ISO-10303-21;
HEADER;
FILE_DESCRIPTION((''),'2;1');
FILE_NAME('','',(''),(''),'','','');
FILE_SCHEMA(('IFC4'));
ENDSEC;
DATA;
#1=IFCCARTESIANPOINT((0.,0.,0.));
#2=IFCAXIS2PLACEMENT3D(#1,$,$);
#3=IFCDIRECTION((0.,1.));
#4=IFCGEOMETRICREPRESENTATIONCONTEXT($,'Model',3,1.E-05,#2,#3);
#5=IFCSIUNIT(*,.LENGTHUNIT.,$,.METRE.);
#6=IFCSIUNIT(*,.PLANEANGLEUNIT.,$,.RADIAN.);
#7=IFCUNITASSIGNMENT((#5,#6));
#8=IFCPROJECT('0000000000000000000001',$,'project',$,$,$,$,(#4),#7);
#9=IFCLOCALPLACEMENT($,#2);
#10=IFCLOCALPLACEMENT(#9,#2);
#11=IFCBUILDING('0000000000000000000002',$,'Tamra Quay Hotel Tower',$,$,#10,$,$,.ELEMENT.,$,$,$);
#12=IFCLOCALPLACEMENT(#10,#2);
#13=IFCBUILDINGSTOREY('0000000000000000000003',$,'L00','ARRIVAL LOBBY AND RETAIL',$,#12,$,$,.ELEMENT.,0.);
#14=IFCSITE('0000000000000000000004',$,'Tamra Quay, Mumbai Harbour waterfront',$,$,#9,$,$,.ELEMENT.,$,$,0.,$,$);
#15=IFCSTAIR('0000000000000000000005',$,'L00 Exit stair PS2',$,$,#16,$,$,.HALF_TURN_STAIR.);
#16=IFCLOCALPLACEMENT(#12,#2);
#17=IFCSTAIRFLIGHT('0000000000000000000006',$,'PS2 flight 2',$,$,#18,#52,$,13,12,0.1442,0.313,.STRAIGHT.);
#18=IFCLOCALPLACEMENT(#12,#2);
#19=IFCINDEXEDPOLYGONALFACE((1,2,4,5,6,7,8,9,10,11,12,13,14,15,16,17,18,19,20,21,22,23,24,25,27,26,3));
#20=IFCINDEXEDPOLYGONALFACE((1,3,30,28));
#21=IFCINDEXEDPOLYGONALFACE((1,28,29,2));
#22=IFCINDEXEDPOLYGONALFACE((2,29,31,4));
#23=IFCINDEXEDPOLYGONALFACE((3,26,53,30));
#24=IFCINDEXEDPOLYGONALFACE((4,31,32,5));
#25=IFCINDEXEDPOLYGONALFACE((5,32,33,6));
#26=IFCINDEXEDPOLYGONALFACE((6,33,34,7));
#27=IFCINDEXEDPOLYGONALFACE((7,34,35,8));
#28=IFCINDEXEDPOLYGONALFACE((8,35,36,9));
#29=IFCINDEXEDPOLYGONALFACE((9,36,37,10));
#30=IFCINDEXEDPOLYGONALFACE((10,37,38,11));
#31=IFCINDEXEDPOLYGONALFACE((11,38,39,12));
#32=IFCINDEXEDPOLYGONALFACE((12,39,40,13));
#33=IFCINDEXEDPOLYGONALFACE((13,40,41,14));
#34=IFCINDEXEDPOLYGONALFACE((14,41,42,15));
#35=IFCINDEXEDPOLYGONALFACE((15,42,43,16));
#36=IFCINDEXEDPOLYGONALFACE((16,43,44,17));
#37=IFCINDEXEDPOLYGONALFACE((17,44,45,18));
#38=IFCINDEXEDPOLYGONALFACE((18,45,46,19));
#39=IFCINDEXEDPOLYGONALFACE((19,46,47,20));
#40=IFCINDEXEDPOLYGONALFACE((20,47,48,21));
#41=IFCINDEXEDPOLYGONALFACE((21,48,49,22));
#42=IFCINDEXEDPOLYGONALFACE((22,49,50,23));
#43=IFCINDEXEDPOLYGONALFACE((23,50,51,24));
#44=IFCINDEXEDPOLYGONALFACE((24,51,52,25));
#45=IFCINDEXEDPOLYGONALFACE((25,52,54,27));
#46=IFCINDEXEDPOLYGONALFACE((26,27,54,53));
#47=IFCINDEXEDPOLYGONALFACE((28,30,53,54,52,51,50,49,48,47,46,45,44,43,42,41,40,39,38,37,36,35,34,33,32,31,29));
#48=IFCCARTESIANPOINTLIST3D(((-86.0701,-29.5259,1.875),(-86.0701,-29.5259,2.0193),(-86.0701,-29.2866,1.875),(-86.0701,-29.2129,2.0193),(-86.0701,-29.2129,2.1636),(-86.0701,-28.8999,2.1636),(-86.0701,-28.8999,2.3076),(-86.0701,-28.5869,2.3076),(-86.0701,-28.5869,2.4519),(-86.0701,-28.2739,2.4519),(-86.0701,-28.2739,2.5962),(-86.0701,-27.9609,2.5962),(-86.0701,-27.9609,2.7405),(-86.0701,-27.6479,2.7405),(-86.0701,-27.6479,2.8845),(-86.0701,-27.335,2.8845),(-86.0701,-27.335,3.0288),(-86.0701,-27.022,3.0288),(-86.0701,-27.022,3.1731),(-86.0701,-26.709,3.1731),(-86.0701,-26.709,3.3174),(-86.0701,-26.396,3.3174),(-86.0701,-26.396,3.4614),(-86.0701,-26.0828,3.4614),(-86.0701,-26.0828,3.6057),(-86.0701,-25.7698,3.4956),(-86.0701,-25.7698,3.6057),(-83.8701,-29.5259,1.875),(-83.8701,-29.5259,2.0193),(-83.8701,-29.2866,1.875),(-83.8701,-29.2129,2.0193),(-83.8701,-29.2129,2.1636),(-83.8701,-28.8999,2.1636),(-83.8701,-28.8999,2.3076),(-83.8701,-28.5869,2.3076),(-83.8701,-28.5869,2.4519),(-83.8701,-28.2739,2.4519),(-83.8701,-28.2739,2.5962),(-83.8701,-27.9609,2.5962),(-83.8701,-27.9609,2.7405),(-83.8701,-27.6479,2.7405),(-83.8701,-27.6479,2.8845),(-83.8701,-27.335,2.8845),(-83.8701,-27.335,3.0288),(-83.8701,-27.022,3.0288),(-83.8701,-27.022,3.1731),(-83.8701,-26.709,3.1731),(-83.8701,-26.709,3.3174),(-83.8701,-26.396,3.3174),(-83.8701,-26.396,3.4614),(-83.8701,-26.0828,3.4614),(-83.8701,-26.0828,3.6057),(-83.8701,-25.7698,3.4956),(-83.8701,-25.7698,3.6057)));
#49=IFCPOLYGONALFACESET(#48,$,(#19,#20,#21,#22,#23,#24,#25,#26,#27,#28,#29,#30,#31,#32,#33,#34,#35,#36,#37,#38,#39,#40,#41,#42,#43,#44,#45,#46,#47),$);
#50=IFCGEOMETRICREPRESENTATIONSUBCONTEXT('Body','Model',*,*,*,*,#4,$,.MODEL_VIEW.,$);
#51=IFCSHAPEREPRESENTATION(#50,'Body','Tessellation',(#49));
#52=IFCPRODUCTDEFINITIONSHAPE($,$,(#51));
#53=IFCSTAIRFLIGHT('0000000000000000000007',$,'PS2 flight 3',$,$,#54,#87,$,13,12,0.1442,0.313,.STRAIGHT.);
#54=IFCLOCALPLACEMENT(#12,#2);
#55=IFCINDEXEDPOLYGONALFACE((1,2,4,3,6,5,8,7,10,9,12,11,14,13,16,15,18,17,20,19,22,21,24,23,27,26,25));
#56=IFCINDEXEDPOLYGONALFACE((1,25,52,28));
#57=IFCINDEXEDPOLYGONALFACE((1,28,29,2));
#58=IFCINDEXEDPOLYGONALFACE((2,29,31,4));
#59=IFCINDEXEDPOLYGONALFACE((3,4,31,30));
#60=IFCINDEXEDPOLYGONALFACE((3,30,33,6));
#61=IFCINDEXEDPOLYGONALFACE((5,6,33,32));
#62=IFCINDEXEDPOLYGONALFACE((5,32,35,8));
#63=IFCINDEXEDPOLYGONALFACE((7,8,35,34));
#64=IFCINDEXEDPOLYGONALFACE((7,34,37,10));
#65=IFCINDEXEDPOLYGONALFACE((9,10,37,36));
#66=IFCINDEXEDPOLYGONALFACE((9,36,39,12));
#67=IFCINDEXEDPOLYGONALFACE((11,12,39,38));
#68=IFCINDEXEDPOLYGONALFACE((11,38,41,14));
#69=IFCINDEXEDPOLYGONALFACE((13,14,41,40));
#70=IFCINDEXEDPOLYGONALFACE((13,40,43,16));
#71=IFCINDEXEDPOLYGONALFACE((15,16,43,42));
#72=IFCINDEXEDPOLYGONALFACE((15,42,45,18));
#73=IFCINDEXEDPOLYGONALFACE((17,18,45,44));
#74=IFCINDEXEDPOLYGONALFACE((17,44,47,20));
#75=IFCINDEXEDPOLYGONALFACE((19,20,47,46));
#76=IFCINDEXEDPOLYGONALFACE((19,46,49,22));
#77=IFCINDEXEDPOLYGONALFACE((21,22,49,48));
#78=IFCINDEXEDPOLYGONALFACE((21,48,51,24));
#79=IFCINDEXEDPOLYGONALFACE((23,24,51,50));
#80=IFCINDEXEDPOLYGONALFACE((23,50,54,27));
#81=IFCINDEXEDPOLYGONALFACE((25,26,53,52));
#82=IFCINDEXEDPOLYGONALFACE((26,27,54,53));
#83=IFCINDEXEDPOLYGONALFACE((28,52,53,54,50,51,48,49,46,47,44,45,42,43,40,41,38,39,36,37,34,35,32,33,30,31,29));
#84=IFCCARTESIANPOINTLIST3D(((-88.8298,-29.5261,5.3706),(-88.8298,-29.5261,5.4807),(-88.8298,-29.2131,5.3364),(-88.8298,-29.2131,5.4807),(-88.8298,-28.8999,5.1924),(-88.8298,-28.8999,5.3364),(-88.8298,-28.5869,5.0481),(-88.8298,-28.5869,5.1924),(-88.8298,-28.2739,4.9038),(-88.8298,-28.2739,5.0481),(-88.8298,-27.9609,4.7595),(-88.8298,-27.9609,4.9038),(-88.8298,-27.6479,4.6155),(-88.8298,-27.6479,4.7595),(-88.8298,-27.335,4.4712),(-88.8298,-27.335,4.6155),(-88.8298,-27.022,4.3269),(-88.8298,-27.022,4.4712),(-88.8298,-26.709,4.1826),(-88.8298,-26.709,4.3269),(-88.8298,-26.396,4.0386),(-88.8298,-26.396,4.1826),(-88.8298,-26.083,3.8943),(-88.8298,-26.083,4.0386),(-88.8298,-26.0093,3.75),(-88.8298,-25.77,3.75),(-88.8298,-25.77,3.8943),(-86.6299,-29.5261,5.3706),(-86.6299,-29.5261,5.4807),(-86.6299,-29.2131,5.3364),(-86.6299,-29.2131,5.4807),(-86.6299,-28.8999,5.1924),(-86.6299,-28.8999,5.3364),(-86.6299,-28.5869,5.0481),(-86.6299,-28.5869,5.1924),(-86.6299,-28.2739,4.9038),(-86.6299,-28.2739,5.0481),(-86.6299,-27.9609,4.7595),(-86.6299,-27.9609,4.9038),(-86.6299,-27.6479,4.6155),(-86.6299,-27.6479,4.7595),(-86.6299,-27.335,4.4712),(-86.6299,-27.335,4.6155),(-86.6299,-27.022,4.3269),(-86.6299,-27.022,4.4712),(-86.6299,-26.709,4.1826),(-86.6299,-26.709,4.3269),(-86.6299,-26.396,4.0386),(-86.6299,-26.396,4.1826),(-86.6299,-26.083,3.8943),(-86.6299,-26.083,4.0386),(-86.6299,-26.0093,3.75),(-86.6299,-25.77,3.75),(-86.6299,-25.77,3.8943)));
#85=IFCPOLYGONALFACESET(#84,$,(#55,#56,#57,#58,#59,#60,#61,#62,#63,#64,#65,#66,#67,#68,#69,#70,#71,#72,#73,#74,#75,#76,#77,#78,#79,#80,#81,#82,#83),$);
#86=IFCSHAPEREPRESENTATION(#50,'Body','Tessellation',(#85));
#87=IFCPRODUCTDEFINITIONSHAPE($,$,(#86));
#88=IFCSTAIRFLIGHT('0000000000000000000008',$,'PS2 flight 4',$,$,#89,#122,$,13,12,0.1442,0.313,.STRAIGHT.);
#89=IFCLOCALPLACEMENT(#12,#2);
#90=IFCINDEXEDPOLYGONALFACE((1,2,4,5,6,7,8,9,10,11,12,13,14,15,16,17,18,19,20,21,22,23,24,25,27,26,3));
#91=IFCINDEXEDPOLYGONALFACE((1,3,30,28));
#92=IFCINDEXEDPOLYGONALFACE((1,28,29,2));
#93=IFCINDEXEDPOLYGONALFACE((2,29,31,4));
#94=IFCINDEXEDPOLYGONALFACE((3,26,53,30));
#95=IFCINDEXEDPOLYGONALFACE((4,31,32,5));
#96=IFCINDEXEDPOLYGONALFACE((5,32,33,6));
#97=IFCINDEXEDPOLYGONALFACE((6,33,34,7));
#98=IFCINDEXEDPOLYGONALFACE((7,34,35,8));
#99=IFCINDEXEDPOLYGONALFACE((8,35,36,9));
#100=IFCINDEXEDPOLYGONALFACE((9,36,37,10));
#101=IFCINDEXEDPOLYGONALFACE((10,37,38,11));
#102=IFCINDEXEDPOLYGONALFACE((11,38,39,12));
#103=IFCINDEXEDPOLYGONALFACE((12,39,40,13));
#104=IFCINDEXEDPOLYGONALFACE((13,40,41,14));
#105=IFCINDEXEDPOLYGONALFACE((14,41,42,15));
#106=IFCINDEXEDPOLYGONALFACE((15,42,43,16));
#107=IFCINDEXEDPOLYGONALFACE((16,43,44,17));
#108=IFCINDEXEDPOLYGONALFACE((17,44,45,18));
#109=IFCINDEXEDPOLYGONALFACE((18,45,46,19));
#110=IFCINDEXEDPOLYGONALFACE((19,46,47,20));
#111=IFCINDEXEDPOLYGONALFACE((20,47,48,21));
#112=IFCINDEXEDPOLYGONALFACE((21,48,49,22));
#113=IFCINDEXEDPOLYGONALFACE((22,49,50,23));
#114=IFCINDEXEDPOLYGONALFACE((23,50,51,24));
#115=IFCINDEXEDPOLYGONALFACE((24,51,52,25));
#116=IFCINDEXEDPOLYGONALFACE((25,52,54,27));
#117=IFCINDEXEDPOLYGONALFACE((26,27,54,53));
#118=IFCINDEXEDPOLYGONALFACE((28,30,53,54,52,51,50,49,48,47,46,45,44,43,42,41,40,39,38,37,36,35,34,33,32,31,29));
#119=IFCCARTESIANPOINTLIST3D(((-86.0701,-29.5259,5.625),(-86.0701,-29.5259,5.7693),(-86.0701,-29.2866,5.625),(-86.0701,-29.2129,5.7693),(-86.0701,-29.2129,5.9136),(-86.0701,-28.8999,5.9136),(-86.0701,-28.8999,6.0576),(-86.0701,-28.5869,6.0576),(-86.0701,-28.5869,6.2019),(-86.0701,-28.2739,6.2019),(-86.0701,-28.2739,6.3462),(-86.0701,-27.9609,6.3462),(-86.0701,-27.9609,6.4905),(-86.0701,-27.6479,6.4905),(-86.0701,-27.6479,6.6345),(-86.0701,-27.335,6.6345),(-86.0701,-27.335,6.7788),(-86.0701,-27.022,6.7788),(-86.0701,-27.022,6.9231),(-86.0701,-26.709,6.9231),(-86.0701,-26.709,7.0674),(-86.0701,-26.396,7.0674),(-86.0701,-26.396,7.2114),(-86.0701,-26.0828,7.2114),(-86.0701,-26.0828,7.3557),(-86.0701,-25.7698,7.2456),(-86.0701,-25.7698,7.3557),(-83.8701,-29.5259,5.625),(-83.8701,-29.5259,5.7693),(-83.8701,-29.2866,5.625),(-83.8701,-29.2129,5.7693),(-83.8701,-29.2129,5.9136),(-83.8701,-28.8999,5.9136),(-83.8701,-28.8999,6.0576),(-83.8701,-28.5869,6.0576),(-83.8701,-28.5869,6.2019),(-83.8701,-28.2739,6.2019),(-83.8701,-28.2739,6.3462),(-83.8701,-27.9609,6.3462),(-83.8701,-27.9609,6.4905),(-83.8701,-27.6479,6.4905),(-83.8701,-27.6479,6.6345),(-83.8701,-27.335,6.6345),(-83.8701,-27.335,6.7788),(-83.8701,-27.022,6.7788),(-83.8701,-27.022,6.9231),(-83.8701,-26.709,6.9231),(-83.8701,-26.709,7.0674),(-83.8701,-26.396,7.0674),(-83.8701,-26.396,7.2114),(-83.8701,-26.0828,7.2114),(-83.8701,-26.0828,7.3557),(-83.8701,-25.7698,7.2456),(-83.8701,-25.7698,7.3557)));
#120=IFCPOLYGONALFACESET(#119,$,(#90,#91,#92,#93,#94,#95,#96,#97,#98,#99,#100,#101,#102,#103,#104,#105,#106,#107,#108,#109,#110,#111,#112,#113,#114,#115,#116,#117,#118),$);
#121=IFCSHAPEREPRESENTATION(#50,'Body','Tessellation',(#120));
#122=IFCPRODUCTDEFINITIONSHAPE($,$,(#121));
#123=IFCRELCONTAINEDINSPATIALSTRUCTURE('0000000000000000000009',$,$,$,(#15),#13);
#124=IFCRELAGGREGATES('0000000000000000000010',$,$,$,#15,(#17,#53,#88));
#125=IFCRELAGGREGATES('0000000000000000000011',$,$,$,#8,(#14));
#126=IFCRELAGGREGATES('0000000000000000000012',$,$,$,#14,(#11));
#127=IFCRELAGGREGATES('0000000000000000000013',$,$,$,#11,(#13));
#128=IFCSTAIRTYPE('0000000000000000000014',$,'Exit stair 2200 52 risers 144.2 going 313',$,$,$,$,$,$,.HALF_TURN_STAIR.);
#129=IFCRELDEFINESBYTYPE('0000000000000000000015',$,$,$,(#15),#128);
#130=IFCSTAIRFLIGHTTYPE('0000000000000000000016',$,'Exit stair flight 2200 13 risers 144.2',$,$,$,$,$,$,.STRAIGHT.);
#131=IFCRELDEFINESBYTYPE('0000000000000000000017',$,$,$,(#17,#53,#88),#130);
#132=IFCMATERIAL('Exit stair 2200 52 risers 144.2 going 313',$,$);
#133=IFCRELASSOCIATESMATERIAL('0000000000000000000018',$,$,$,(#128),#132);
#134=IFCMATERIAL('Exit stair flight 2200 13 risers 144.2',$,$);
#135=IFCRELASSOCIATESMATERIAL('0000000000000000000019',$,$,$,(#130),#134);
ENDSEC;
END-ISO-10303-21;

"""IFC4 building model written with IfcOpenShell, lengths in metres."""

from ifc_helpers import new_model, si_unit, direction, frame, origin, place, context, subcontext, project, spatial, polyline, outline, extrude, material, type_object, element, aggregate, save


model = new_model("IFC4")

# Units and contexts
model_context = context("Model", 3, precision=1e-05, world=origin(), true_north=direction((0.0, 1.0)))
body_context = subcontext(model_context, "Body", "Model", "MODEL_VIEW")
ifc_project = project(units=[si_unit("LENGTHUNIT", "METRE"), si_unit("PLANEANGLEUNIT", "RADIAN")], contexts=[model_context])

# Site, building, storey
site_placement = place(None, origin())
site = spatial("IfcSite", under=ifc_project, at=site_placement, Name="Tamra Quay, Mumbai Harbour waterfront", CompositionType="ELEMENT", RefElevation=0.0)
building_placement = place(site_placement, origin())
building = spatial("IfcBuilding", under=site, at=building_placement, Name="Tamra Quay Hotel Tower", CompositionType="ELEMENT")
storey_placement = place(building_placement, origin())
storey = spatial("IfcBuildingStorey", under=building, at=storey_placement, Name="L00", Description="ARRIVAL LOBBY AND RETAIL", CompositionType="ELEMENT", Elevation=0.0)

# Stair, stair flights
ifc_material_1 = material(Name="Exit stair 2200 52 risers 144.2 going 313")
stair_type = type_object("IfcStairType", Name="Exit stair 2200 52 risers 144.2 going 313", PredefinedType="HALF_TURN_STAIR", material=ifc_material_1)
stair_placement = place(storey_placement, origin())
stair = element("IfcStair", 1, at=stair_placement, inside=storey, type_object=stair_type, Name="L00 Exit stair PS2", PredefinedType="HALF_TURN_STAIR")
ifc_material_2 = material(Name="Exit stair flight 2200 13 risers 144.2")
stair_flight_type = type_object("IfcStairFlightType", Name="Exit stair flight 2200 13 risers 144.2", PredefinedType="STRAIGHT", material=ifc_material_2)
stair_flight_1_placement = place(storey_placement, frame((-84.97, -29.5259, 1.875), z_axis=(0.0, 0.0, 1.0), x_axis=(0.0, 1.0, 0.0)))
stair_flight_1 = element("IfcStairFlight", 2, at=stair_flight_1_placement, type_object=stair_flight_type, Name="PS2 flight 2", NumberOfRisers=13, NumberOfTreads=12, PredefinedType="STRAIGHT", RiserHeight=0.1442, TreadLength=0.313, context=body_context, shape_type="SweptSolid", body=[
    extrude(outline(polyline([(0.0, 0.0), (0.0, 0.1443), (0.313, 0.1443), (0.313, 0.2886), (0.626, 0.2886), (0.626, 0.4326), (0.939, 0.4326), (0.939, 0.5769), (1.252, 0.5769), (1.252, 0.7212), (1.5649, 0.7212), (1.5649, 0.8655), (1.8779, 0.8655), (1.8779, 1.0095), (2.1909, 1.0095), (2.1909, 1.1538), (2.5039, 1.1538), (2.5039, 1.2981), (2.8169, 1.2981), (2.8169, 1.4424), (3.1299, 1.4424), (3.1299, 1.5864), (3.4431, 1.5864), (3.4431, 1.7307), (3.7561, 1.7307), (3.7561, 1.875), (3.7561, 1.6206), (0.2393, 0.0), (0.0, 0.0)])), frame((0.0, 1.1001, 0.0), z_axis=(0.0, -1.0, 0.0), x_axis=(1.0, 0.0, 0.0)), (0.0, 0.0, 1.0), 2.2),
])
stair_flight_2_placement = place(storey_placement, frame((-87.73, -25.77, 3.75), z_axis=(0.0, 0.0, 1.0), x_axis=(0.0, -1.0, 0.0)))
stair_flight_2 = element("IfcStairFlight", 3, at=stair_flight_2_placement, type_object=stair_flight_type, Name="PS2 flight 3", NumberOfRisers=13, NumberOfTreads=12, PredefinedType="STRAIGHT", RiserHeight=0.1442, TreadLength=0.313, context=body_context, shape_type="SweptSolid", body=[
    extrude(outline(polyline([(0.0, 0.0), (0.0, 0.1443), (0.313, 0.1443), (0.313, 0.2886), (0.626, 0.2886), (0.626, 0.4326), (0.939, 0.4326), (0.939, 0.5769), (1.252, 0.5769), (1.252, 0.7212), (1.5649, 0.7212), (1.5649, 0.8655), (1.8779, 0.8655), (1.8779, 1.0095), (2.1909, 1.0095), (2.1909, 1.1538), (2.5039, 1.1538), (2.5039, 1.2981), (2.8169, 1.2981), (2.8169, 1.4424), (3.1299, 1.4424), (3.1299, 1.5864), (3.4431, 1.5864), (3.4431, 1.7307), (3.7561, 1.7307), (3.7561, 1.875), (3.7561, 1.6206), (0.2393, 0.0), (0.0, 0.0)])), frame((0.0, 1.1001, 0.0), z_axis=(0.0, -1.0, 0.0), x_axis=(1.0, 0.0, 0.0)), (0.0, 0.0, 1.0), 2.2),
])
stair_flight_3_placement = place(storey_placement, frame((-84.97, -29.5259, 5.625), z_axis=(0.0, 0.0, 1.0), x_axis=(0.0, 1.0, 0.0)))
stair_flight_3 = element("IfcStairFlight", 4, at=stair_flight_3_placement, type_object=stair_flight_type, Name="PS2 flight 4", NumberOfRisers=13, NumberOfTreads=12, PredefinedType="STRAIGHT", RiserHeight=0.1442, TreadLength=0.313, context=body_context, shape_type="SweptSolid", body=[
    extrude(outline(polyline([(0.0, 0.0), (0.0, 0.1443), (0.313, 0.1443), (0.313, 0.2886), (0.626, 0.2886), (0.626, 0.4326), (0.939, 0.4326), (0.939, 0.5769), (1.252, 0.5769), (1.252, 0.7212), (1.5649, 0.7212), (1.5649, 0.8655), (1.8779, 0.8655), (1.8779, 1.0095), (2.1909, 1.0095), (2.1909, 1.1538), (2.5039, 1.1538), (2.5039, 1.2981), (2.8169, 1.2981), (2.8169, 1.4424), (3.1299, 1.4424), (3.1299, 1.5864), (3.4431, 1.5864), (3.4431, 1.7307), (3.7561, 1.7307), (3.7561, 1.875), (3.7561, 1.6206), (0.2393, 0.0), (0.0, 0.0)])), frame((0.0, 1.1001, 0.0), z_axis=(0.0, -1.0, 0.0), x_axis=(1.0, 0.0, 0.0)), (0.0, 0.0, 1.0), 2.2),
])
aggregate(stair, [stair_flight_1, stair_flight_2, stair_flight_3])

save(model, "model.ifc")
